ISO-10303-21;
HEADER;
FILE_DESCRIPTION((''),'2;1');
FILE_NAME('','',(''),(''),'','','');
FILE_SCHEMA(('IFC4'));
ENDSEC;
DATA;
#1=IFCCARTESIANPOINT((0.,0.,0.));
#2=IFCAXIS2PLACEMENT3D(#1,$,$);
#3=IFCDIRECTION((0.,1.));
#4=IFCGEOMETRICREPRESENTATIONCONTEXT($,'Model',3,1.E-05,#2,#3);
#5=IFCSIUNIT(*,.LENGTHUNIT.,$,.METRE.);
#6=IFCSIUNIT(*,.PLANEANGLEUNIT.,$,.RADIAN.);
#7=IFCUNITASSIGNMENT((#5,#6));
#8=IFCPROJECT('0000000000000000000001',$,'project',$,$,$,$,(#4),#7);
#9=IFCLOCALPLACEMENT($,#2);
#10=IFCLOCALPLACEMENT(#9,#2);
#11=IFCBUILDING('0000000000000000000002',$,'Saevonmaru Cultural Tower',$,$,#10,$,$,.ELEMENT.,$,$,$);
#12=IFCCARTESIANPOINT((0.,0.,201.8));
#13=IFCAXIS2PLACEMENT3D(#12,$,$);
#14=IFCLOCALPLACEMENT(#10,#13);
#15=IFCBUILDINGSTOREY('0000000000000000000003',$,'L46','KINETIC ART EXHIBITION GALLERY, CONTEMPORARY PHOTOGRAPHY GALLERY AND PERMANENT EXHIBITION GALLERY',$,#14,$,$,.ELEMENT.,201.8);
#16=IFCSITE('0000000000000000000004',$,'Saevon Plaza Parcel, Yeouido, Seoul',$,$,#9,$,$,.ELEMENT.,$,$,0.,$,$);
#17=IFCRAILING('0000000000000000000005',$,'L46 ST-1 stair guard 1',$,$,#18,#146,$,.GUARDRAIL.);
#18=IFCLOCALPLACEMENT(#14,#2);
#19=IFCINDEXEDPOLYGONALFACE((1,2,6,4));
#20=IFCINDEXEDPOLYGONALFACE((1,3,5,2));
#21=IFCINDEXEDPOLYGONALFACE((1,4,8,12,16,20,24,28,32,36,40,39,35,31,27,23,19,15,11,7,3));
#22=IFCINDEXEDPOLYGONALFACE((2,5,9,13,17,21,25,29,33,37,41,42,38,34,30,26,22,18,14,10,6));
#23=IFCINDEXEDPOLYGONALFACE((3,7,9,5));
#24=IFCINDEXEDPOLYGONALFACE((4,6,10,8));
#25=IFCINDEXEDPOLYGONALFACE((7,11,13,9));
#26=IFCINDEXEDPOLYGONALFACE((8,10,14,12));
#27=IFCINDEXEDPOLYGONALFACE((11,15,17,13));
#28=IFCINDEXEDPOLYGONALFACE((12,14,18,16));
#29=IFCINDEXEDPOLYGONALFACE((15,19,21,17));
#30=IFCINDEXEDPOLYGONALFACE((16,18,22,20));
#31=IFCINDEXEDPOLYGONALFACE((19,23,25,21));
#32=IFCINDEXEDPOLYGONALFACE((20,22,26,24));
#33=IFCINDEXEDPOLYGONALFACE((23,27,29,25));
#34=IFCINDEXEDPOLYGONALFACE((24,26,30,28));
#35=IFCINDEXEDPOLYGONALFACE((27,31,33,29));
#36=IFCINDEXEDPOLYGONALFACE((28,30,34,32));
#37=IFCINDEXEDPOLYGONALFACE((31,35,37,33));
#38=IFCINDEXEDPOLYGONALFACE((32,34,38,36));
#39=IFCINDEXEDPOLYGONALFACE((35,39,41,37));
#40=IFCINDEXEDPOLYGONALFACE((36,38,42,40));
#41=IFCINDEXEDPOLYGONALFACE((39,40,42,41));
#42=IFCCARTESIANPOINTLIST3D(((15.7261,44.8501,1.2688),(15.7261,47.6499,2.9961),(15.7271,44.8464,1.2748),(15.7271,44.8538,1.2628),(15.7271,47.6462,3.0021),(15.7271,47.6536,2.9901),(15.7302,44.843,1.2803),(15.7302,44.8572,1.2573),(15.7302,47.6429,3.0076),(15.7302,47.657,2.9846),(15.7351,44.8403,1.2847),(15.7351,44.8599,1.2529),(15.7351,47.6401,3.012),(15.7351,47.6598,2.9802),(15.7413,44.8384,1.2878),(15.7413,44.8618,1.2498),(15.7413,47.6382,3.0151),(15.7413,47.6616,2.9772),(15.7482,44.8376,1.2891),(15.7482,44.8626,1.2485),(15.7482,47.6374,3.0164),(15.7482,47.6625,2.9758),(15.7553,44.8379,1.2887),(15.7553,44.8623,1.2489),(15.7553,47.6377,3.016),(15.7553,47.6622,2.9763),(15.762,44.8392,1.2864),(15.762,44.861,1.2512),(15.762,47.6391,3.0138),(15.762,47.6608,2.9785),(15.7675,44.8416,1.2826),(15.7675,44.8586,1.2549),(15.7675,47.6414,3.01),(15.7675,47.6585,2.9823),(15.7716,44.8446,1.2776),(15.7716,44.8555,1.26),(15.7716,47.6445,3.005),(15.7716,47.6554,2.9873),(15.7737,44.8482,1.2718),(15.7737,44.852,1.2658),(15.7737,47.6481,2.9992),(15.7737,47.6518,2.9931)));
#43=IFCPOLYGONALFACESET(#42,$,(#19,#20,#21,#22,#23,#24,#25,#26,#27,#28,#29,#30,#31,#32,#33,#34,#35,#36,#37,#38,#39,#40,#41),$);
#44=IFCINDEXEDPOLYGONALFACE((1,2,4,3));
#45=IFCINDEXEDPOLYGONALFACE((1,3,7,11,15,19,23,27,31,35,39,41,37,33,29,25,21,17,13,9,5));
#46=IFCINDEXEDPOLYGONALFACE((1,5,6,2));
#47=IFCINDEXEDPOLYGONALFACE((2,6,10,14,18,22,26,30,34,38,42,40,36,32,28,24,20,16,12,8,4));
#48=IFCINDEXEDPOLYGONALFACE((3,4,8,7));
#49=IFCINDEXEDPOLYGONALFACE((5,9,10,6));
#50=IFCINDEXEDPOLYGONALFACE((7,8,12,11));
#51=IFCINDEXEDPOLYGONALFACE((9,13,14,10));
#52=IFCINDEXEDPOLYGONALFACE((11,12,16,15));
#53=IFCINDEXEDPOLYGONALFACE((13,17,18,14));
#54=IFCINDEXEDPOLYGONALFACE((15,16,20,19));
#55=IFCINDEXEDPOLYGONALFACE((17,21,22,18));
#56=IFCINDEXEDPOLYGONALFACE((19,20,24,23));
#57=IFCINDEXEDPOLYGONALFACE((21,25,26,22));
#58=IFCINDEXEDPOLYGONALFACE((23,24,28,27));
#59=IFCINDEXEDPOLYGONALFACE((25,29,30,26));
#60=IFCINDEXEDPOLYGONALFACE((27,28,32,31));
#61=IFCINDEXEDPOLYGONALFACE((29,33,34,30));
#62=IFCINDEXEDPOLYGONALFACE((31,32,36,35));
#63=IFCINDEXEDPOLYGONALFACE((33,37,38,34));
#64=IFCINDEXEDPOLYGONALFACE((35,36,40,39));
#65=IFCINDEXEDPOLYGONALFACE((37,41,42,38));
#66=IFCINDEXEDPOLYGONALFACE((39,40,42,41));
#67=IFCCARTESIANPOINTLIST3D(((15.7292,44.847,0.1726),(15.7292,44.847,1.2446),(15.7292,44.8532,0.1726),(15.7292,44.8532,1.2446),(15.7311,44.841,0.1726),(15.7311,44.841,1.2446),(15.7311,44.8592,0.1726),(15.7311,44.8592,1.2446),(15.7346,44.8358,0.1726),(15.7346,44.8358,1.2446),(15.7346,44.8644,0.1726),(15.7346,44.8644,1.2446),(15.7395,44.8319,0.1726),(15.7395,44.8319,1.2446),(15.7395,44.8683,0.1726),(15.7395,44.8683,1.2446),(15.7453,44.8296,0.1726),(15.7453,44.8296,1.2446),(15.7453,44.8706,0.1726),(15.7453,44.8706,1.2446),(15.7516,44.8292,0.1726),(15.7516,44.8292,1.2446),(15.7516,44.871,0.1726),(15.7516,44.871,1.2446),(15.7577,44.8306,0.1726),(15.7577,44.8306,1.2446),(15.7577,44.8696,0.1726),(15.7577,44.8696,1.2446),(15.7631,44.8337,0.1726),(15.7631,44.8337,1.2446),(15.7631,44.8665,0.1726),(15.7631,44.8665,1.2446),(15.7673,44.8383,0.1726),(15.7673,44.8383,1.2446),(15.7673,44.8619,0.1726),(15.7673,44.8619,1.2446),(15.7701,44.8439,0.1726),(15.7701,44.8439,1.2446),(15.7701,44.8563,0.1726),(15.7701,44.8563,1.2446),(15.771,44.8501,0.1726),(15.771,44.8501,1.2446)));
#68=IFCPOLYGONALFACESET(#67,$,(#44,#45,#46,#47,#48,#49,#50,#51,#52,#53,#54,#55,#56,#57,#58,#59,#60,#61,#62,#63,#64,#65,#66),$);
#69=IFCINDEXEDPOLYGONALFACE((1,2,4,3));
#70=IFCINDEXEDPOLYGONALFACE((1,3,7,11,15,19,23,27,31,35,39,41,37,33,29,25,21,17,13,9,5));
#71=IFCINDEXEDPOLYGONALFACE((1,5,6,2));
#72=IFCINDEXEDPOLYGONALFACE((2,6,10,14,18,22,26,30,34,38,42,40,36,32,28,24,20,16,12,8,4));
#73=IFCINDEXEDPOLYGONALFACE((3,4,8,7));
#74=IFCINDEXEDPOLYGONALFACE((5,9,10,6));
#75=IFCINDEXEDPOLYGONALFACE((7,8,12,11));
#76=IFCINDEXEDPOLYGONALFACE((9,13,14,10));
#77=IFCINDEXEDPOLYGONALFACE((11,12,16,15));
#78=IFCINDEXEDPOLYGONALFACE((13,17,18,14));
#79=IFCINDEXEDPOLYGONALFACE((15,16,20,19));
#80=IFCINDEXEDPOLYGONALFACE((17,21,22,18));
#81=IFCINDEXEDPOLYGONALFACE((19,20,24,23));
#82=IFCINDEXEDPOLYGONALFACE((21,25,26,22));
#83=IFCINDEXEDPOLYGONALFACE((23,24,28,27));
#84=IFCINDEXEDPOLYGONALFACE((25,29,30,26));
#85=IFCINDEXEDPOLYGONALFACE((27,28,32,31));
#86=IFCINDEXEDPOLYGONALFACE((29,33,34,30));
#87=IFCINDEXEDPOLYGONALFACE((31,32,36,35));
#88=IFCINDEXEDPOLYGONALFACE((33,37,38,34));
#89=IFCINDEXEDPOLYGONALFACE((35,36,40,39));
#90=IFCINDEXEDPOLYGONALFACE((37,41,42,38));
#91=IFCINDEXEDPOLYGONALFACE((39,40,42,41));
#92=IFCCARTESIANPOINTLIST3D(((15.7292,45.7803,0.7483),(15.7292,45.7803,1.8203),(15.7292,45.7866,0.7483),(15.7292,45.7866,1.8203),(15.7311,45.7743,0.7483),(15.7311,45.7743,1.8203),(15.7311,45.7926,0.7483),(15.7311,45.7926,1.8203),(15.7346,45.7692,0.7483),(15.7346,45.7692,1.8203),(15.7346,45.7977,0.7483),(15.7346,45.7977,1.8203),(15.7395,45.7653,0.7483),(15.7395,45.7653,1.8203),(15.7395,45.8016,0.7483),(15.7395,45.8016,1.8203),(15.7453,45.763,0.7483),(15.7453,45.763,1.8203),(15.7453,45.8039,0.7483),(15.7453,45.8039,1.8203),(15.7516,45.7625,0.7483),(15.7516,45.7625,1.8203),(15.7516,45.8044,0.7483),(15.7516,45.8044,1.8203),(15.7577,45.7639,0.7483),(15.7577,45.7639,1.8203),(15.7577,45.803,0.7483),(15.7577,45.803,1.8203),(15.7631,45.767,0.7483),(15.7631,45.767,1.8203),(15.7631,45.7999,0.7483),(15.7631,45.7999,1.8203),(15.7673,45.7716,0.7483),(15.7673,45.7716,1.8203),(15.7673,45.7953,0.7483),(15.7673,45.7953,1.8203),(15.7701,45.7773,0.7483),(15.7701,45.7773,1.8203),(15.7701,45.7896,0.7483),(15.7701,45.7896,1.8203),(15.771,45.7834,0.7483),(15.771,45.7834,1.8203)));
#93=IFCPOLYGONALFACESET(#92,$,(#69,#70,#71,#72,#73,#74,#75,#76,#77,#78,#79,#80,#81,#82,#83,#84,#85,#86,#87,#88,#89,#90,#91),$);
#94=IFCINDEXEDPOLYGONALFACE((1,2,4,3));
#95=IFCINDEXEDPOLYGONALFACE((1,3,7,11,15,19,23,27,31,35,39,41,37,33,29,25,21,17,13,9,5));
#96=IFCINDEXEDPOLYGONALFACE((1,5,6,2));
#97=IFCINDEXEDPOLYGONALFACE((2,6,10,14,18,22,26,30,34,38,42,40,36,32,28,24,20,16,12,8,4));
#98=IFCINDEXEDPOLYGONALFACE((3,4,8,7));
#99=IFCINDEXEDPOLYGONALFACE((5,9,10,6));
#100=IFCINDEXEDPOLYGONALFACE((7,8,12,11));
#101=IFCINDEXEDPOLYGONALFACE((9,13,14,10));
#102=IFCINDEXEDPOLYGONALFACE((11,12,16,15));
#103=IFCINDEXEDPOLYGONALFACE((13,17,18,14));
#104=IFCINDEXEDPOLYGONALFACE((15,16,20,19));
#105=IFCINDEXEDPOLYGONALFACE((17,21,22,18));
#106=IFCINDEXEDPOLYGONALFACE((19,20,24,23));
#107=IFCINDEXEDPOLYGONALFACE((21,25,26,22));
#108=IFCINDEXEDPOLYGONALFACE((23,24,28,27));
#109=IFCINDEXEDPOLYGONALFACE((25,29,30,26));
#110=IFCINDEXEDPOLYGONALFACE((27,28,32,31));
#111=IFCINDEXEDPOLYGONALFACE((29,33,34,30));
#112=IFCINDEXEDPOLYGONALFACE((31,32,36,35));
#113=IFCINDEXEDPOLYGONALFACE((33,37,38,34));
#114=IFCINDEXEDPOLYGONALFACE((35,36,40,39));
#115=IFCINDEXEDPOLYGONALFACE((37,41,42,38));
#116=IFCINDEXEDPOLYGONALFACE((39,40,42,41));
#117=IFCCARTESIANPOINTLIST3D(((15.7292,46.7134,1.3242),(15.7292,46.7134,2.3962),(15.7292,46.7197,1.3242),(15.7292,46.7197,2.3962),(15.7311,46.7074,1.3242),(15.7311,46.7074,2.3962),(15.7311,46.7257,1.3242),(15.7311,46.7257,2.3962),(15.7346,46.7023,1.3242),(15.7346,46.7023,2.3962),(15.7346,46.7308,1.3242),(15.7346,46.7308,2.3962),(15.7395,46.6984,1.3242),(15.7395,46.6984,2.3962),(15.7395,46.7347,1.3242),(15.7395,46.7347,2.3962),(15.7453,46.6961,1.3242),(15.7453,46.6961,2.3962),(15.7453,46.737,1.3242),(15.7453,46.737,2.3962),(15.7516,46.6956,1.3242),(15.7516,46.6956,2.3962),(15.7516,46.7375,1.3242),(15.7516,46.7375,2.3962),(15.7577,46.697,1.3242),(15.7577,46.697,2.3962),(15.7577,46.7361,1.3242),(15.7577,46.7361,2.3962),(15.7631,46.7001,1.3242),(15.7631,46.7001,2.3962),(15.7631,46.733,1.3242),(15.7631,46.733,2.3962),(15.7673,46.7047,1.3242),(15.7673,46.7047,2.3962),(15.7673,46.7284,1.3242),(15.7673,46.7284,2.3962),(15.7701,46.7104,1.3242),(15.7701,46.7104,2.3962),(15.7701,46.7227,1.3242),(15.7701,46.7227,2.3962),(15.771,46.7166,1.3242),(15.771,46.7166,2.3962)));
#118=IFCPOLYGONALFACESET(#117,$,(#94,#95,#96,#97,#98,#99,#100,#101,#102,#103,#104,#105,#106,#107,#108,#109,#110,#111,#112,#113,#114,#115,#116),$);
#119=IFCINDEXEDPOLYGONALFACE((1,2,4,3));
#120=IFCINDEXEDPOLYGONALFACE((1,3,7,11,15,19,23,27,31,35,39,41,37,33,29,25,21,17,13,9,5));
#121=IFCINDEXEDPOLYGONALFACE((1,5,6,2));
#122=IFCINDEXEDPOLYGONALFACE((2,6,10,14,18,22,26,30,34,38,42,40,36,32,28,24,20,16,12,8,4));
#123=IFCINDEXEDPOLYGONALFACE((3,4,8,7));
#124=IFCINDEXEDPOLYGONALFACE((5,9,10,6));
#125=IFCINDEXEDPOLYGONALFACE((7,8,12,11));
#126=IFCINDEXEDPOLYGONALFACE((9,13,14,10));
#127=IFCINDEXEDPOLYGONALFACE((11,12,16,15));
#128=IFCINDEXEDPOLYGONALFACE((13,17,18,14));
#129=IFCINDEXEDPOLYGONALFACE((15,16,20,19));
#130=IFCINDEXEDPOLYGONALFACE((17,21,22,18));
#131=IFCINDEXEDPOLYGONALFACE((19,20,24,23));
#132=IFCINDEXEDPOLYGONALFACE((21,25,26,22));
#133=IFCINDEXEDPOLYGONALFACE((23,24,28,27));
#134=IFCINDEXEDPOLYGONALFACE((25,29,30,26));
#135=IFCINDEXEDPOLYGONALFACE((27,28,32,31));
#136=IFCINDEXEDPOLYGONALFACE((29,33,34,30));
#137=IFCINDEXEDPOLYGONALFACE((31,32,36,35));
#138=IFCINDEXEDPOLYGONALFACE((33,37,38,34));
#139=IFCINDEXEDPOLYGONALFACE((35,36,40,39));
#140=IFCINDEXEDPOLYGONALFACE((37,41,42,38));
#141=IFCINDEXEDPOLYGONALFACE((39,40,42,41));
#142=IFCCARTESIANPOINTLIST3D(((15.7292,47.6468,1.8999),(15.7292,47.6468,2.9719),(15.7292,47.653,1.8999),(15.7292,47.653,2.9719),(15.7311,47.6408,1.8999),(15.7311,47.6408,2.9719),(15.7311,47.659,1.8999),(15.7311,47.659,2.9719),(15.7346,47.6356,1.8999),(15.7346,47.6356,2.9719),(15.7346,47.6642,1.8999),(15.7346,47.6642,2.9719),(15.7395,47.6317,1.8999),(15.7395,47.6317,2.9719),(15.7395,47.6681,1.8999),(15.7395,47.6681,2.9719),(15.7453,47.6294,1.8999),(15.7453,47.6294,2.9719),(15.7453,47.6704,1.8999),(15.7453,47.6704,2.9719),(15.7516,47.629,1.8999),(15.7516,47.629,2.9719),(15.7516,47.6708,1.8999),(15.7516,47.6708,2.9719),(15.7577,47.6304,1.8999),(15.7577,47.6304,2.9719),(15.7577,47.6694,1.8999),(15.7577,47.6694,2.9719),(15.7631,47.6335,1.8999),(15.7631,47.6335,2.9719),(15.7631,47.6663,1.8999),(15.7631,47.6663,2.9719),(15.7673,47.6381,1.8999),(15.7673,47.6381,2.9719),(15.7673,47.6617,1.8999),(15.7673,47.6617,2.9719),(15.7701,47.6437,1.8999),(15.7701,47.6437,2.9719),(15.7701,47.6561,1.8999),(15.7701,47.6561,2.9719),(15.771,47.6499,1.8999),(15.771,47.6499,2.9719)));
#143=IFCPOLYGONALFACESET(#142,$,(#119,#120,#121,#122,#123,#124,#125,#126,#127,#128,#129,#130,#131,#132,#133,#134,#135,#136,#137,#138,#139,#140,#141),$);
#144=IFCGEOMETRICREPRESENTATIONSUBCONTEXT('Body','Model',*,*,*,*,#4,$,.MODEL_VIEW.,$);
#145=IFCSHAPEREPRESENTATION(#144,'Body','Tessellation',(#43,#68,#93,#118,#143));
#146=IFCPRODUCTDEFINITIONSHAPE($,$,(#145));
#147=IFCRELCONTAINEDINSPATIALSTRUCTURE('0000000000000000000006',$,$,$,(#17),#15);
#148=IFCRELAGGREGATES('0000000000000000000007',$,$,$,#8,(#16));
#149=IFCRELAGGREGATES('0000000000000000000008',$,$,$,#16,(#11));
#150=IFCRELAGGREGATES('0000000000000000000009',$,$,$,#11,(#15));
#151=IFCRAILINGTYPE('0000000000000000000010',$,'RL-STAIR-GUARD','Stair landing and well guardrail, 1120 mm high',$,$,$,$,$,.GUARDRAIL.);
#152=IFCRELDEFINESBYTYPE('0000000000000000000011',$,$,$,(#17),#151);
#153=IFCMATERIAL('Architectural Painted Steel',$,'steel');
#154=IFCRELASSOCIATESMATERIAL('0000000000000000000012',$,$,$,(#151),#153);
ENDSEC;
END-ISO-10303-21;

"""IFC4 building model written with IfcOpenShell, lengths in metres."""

from ifc_helpers import new_model, si_unit, direction, frame, origin, origin_2d, place, context, subcontext, project, spatial, circle, extrude, material, type_object, element, save


model = new_model("IFC4")

# Units and contexts
model_context = context("Model", 3, precision=1e-05, world=origin(), true_north=direction((0.0, 1.0)))
body_context = subcontext(model_context, "Body", "Model", "MODEL_VIEW")
ifc_project = project(units=[si_unit("LENGTHUNIT", "METRE"), si_unit("PLANEANGLEUNIT", "RADIAN")], contexts=[model_context])

# Site, building, storey
site_placement = place(None, origin())
site = spatial("IfcSite", under=ifc_project, at=site_placement, Name="Saevon Plaza Parcel, Yeouido, Seoul", CompositionType="ELEMENT", RefElevation=0.0)
building_placement = place(site_placement, origin())
building = spatial("IfcBuilding", under=site, at=building_placement, Name="Saevonmaru Cultural Tower", CompositionType="ELEMENT")
storey_placement = place(building_placement, frame((0.0, 0.0, 201.8)))
storey = spatial("IfcBuildingStorey", under=building, at=storey_placement, Name="L46", Description="KINETIC ART EXHIBITION GALLERY, CONTEMPORARY PHOTOGRAPHY GALLERY AND PERMANENT EXHIBITION GALLERY", CompositionType="ELEMENT", Elevation=201.8)

# Railing
ifc_material_1 = material(Name="Architectural Painted Steel", Category="steel")
railing_type_1 = type_object("IfcRailingType", Name="RL-STAIR-GUARD", Description="Stair landing and well guardrail, 1120 mm high", PredefinedType="GUARDRAIL", material=ifc_material_1)
railing_1_placement = place(storey_placement, frame((15.75, 44.8501, 0.1726)))
element("IfcRailing", 1, at=railing_1_placement, inside=storey, type_object=railing_type_1, Name="L46 ST-1 stair guard 1", PredefinedType="GUARDRAIL", context=body_context, shape_type="SweptSolid", body=[
    extrude(circle(Radius=0.0239, at=origin_2d()), frame((0.0, 0.0, 1.0962), z_axis=(0.0, 0.851069, 0.525054), x_axis=(-1.0, 0.0, 0.0)), (0.0, 0.0, 1.0), 3.2898),
    extrude(circle(Radius=0.021, at=origin_2d()), origin(), (0.0, 0.0, 1.0), 1.072),
    extrude(circle(Radius=0.021, at=origin_2d()), frame((0.0, 0.9333, 0.5757)), (0.0, 0.0, 1.0), 1.072),
    extrude(circle(Radius=0.021, at=origin_2d()), frame((0.0, 1.8665, 1.1516)), (0.0, 0.0, 1.0), 1.072),
    extrude(circle(Radius=0.021, at=origin_2d()), frame((0.0, 2.7998, 1.7273)), (0.0, 0.0, 1.0), 1.072),
])

save(model, "model.ifc")
